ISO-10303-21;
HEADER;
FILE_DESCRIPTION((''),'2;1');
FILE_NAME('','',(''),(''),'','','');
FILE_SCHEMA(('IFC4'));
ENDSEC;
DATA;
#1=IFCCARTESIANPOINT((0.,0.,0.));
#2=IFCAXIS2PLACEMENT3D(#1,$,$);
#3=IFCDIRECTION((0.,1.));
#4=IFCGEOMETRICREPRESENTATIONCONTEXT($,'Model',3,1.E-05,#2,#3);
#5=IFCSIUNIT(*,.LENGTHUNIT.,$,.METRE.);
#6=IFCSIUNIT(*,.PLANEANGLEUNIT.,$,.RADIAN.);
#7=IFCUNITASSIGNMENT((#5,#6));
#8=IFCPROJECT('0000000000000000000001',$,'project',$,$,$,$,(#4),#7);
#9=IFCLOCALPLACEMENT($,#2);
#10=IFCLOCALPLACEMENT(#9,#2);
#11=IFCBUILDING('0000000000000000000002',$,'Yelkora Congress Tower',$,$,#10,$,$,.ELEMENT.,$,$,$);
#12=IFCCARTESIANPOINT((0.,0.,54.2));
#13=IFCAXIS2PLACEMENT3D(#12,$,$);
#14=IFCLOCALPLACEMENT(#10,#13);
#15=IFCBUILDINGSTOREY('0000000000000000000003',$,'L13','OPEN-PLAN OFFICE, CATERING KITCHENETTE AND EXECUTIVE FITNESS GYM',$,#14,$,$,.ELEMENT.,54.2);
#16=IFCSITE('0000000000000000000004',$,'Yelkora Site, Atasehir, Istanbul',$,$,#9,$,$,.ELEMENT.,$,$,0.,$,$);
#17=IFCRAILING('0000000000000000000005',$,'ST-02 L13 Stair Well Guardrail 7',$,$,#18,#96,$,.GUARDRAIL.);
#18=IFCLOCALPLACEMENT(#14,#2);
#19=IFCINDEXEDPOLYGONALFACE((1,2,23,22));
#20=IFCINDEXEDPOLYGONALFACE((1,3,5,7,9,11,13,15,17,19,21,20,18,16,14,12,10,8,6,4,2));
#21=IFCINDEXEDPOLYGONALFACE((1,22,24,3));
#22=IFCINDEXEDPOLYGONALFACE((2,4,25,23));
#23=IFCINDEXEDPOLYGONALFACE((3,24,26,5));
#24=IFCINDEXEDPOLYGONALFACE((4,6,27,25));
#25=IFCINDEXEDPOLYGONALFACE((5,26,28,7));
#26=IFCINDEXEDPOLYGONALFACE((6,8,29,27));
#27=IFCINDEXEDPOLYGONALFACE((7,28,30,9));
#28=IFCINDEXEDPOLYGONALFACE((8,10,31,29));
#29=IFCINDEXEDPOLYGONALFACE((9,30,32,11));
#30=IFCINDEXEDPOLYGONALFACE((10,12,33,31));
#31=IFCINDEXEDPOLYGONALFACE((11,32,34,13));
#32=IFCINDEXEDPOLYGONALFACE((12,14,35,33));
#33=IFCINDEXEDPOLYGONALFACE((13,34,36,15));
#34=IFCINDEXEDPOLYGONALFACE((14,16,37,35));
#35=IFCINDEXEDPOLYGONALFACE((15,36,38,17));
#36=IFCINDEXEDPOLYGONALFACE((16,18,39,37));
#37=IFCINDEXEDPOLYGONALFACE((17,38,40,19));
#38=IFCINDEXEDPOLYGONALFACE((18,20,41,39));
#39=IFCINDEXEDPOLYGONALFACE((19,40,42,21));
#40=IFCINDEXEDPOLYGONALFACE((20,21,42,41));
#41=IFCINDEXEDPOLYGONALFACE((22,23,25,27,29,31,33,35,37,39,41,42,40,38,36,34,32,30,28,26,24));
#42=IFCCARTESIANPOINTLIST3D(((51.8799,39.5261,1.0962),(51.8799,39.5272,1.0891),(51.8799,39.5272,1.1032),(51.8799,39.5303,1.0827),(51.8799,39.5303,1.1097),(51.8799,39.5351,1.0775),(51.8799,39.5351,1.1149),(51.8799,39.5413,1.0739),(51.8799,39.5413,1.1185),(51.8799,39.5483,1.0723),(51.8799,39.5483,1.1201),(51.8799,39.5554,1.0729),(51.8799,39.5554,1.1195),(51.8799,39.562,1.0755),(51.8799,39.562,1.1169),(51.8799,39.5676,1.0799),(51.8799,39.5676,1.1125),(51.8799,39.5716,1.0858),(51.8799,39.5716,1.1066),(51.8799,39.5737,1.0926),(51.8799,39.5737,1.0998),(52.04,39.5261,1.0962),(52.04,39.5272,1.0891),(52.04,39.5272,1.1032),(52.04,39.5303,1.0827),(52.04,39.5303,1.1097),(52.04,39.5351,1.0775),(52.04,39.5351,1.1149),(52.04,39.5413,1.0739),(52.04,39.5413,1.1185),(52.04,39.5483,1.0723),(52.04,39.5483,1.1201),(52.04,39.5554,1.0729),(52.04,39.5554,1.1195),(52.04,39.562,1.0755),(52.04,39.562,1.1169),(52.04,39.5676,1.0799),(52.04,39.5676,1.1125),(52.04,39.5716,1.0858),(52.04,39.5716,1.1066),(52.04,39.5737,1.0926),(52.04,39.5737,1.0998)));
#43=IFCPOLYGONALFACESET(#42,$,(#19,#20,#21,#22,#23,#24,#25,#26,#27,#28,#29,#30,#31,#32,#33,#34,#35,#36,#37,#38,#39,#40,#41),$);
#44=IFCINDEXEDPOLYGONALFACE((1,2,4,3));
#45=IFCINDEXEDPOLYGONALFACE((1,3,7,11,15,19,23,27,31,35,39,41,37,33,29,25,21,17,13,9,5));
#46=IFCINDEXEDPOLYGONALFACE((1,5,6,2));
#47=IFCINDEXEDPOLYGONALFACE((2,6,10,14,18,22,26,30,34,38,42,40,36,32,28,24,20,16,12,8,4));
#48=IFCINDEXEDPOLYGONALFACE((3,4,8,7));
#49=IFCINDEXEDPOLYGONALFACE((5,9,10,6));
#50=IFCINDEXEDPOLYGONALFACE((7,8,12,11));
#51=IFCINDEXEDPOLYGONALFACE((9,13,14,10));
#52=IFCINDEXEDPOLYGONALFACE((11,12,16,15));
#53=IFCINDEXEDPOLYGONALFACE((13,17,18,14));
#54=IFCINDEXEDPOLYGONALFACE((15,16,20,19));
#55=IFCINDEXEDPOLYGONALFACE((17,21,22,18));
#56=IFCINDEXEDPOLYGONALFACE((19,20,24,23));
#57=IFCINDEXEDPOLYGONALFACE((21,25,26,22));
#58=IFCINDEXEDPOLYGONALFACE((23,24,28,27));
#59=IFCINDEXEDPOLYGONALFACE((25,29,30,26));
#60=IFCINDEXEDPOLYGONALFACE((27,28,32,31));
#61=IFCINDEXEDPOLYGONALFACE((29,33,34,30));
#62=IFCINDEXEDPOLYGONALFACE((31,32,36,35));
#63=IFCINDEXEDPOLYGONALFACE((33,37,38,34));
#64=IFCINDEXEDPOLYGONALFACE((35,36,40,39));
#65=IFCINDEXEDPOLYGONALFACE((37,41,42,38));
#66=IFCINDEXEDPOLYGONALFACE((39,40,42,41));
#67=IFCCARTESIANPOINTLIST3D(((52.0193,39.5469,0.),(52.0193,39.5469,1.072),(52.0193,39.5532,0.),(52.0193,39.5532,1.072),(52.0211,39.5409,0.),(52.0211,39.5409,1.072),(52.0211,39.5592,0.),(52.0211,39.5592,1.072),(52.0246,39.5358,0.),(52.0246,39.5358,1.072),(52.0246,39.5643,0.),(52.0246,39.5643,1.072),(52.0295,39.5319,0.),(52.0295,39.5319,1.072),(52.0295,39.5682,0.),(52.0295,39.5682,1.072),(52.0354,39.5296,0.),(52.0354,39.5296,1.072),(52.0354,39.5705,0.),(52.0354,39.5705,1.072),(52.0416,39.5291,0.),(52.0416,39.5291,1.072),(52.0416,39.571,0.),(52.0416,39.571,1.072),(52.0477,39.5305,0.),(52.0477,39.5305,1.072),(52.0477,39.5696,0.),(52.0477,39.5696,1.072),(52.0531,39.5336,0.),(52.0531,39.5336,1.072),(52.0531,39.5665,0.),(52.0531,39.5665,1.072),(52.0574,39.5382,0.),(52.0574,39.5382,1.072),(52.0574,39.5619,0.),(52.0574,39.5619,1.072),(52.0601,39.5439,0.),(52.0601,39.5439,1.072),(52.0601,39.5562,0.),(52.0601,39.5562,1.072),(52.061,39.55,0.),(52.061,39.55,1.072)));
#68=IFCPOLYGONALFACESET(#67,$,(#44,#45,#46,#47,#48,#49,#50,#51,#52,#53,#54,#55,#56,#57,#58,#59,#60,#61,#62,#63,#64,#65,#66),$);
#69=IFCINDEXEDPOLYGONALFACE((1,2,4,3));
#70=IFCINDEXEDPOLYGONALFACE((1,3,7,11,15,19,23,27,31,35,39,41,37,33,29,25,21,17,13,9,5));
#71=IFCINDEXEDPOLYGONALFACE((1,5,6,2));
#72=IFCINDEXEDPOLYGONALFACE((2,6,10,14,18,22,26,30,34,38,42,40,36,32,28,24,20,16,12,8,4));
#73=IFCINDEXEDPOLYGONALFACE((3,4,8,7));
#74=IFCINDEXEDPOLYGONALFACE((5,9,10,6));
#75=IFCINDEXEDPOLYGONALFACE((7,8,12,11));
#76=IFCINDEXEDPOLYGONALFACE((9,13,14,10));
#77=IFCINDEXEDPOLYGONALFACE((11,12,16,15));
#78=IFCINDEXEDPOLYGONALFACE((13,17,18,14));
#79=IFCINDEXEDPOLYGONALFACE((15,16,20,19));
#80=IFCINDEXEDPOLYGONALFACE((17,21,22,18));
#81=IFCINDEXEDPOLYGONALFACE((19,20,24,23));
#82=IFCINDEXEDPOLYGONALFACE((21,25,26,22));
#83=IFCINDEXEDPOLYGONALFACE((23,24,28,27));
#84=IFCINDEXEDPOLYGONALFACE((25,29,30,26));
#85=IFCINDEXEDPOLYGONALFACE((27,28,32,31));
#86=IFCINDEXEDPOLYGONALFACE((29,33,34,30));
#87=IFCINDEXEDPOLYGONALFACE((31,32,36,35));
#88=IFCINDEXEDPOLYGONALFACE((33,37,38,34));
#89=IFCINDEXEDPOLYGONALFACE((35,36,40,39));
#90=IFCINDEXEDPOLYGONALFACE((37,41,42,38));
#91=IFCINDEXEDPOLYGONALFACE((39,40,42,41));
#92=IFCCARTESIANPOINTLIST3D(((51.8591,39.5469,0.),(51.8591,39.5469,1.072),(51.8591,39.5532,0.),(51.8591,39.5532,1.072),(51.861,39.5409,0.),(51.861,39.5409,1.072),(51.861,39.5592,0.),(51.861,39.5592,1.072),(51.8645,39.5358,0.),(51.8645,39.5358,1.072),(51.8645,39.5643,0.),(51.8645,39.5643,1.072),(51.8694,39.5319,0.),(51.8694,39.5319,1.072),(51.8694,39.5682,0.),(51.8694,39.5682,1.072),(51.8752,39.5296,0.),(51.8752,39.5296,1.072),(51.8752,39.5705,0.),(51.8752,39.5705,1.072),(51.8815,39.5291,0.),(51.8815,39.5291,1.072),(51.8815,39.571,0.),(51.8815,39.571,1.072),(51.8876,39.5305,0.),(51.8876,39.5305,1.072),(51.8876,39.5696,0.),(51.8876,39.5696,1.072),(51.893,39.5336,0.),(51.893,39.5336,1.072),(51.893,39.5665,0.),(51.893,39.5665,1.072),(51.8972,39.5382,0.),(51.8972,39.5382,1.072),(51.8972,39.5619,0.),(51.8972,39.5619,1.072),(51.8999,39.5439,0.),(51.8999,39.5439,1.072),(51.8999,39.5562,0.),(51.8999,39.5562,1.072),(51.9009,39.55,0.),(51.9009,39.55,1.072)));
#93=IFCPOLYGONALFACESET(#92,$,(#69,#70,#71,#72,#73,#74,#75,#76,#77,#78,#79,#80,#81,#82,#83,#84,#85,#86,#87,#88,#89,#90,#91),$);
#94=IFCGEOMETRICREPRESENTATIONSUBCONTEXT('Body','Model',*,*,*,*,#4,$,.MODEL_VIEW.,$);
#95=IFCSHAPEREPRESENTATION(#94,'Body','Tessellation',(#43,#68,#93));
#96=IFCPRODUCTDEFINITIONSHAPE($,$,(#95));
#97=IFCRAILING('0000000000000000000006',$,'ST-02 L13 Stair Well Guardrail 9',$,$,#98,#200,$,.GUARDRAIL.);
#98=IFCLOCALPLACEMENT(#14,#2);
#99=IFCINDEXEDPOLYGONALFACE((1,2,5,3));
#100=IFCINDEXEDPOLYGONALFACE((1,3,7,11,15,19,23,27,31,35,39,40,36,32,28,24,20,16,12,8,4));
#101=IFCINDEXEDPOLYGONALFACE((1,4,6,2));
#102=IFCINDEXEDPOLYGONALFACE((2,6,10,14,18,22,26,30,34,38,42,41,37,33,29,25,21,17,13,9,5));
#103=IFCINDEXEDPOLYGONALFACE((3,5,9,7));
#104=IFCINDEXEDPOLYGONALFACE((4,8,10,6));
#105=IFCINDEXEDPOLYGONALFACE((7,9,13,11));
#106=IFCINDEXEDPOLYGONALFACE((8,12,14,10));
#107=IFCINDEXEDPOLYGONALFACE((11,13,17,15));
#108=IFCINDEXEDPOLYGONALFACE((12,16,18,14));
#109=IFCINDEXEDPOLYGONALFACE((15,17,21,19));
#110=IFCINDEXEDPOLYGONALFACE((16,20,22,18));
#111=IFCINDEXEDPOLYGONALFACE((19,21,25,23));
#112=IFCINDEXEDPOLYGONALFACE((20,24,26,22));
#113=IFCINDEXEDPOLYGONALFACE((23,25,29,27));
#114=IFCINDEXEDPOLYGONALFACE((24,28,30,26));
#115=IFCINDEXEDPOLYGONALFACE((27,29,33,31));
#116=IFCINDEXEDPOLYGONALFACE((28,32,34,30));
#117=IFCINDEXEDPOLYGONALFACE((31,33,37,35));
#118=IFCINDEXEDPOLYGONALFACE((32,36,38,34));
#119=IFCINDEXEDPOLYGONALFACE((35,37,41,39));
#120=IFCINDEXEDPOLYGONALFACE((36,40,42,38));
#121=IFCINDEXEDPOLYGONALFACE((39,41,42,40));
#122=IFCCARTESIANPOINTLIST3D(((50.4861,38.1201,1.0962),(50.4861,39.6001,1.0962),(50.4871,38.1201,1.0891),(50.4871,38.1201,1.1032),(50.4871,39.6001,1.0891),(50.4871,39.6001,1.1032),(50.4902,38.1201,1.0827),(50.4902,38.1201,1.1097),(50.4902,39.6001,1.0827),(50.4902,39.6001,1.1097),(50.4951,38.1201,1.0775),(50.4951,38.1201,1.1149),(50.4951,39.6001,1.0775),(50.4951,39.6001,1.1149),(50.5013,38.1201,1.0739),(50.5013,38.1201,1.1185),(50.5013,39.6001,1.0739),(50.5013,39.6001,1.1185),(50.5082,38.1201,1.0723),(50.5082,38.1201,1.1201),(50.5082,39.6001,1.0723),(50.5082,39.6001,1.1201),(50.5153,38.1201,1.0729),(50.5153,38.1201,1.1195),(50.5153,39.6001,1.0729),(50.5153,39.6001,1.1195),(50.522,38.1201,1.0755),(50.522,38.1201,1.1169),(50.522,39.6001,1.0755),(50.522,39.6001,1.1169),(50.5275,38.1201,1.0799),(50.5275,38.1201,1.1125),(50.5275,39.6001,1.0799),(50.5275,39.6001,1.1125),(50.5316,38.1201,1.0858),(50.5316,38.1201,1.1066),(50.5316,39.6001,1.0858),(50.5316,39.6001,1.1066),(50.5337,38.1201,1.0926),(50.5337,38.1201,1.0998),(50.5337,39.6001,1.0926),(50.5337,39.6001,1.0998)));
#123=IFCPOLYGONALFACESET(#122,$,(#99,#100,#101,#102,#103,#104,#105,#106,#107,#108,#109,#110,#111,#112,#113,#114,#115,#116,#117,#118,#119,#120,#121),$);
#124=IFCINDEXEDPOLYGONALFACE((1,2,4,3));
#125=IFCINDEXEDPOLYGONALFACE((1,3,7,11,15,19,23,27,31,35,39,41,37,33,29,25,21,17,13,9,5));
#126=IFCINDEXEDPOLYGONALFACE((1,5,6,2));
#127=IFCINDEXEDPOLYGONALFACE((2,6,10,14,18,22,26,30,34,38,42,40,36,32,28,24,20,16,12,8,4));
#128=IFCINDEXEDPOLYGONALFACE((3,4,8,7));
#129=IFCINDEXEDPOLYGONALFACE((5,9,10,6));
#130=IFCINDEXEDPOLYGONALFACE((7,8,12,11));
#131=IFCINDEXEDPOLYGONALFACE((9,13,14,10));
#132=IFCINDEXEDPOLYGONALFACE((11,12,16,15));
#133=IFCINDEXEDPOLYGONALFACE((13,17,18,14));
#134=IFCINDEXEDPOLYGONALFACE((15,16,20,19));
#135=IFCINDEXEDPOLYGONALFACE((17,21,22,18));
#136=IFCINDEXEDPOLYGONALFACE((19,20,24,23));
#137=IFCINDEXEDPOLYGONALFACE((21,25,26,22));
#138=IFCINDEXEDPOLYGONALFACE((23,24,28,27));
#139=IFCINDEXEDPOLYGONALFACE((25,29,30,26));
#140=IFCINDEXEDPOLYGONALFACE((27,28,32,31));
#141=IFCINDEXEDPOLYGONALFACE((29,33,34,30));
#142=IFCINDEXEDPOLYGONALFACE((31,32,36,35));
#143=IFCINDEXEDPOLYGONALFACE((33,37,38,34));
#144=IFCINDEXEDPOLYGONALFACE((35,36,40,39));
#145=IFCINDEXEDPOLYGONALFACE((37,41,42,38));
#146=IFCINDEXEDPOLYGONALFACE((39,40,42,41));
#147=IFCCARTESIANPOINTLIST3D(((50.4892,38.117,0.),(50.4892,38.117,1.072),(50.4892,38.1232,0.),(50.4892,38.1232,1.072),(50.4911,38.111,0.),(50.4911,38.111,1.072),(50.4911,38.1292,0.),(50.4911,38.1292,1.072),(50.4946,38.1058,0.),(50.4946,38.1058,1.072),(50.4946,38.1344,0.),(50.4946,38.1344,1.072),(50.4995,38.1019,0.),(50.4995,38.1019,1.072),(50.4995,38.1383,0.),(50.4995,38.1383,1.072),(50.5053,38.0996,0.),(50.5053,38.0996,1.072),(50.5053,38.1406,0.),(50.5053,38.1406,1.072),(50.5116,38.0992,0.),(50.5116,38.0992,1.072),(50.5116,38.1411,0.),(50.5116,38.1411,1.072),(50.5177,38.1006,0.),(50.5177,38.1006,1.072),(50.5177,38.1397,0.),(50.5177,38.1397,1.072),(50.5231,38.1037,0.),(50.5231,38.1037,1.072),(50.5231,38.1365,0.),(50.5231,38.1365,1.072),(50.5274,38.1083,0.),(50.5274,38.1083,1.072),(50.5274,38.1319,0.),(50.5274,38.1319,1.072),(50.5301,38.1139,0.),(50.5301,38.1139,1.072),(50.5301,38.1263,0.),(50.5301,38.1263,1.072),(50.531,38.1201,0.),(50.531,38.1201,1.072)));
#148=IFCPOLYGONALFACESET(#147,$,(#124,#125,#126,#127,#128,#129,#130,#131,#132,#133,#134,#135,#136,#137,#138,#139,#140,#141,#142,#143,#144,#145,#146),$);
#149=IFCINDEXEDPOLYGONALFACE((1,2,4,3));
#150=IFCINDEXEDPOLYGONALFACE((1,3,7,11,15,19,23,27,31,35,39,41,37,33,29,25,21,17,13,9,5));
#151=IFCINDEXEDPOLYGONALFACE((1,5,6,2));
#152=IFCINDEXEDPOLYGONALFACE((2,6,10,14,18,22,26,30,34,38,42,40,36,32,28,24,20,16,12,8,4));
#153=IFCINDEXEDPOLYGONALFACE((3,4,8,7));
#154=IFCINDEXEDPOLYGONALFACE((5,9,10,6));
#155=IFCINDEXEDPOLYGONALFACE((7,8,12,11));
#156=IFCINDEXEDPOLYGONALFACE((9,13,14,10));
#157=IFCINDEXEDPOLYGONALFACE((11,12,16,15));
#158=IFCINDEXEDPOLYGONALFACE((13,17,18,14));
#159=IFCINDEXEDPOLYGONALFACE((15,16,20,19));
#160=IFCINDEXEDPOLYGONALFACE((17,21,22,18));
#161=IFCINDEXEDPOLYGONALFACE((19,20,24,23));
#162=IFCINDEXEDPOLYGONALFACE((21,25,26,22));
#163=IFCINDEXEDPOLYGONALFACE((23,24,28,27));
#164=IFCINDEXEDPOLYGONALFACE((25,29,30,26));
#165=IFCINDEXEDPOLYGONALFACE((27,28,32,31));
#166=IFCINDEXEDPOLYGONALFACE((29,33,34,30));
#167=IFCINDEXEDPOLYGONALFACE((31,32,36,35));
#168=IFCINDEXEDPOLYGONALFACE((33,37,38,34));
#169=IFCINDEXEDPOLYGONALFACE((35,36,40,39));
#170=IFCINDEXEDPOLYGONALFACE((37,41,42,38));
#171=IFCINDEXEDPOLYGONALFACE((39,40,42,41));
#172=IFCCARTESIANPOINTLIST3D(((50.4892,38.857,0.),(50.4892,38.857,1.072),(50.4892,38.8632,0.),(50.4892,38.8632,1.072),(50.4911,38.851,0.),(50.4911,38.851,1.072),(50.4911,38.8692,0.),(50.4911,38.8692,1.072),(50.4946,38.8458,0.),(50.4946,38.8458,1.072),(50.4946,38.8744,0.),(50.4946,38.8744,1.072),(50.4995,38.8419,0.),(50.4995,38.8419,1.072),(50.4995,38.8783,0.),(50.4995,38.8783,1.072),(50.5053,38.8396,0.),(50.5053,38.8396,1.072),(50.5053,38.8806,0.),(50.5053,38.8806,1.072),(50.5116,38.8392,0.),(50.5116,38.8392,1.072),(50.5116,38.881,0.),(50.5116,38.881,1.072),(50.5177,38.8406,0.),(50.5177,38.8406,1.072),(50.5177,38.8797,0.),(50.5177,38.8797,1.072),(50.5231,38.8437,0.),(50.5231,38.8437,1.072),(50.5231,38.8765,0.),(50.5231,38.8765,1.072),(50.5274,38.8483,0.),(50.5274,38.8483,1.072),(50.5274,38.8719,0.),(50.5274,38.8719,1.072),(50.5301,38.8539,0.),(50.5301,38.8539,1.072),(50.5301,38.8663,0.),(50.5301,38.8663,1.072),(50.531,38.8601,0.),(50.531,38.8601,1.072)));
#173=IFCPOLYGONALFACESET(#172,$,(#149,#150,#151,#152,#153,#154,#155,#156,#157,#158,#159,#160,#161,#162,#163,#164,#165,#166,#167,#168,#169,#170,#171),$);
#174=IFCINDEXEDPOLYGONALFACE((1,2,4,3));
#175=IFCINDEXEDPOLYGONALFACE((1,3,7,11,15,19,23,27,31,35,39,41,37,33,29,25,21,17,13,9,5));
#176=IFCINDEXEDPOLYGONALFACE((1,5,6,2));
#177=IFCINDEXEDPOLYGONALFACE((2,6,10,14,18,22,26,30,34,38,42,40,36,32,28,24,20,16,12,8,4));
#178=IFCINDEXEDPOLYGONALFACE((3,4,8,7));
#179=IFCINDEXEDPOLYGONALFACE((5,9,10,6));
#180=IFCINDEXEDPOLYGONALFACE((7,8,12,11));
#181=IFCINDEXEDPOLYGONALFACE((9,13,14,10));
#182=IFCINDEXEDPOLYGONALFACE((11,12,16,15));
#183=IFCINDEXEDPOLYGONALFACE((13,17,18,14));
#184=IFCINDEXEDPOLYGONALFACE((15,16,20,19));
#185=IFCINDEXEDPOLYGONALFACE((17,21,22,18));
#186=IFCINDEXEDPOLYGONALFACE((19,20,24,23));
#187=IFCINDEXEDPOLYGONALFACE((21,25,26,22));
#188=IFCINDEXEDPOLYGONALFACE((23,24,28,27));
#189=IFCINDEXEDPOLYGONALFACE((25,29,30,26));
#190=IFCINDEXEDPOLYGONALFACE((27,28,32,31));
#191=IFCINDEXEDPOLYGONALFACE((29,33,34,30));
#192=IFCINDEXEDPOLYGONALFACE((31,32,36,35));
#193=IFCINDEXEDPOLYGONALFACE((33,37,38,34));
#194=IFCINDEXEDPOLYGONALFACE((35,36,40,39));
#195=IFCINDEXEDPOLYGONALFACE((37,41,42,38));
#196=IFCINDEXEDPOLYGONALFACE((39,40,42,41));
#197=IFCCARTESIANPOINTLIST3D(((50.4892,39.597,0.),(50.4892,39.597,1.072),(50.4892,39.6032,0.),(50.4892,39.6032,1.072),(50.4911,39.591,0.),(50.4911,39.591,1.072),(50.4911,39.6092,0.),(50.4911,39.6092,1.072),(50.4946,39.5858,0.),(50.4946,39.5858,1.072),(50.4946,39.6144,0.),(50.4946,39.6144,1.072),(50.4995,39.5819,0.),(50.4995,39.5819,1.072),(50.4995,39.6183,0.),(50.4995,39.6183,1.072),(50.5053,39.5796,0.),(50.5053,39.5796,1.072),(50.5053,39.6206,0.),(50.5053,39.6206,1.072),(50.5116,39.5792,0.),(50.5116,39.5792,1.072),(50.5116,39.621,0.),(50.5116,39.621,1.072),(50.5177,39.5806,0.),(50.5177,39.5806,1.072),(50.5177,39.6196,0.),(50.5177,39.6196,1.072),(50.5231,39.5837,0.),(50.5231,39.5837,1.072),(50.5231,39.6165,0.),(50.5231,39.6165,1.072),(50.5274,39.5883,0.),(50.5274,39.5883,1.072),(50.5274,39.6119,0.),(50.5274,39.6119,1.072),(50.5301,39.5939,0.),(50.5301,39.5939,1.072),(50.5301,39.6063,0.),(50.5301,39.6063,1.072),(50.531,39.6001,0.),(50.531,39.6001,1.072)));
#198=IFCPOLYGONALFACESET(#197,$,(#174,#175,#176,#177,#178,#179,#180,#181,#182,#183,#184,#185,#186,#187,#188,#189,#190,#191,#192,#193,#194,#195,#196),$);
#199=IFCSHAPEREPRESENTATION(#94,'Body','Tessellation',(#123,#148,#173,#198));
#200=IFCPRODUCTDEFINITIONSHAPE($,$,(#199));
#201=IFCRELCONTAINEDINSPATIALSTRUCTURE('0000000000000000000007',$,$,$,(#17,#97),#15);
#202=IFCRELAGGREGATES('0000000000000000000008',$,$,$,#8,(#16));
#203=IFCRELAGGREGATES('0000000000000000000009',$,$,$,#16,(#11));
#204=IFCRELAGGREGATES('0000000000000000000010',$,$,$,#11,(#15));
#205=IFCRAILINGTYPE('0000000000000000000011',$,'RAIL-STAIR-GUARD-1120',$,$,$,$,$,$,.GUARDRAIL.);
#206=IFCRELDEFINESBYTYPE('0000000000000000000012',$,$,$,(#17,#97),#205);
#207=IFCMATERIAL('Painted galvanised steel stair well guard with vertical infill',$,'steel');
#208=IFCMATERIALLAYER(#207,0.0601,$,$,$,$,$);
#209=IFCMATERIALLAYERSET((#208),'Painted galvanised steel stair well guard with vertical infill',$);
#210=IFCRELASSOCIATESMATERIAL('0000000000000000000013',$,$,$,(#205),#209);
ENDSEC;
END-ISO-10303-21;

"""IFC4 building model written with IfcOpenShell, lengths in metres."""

from ifc_helpers import new_model, si_unit, direction, frame, origin, origin_2d, place, context, subcontext, project, spatial, circle, extrude, material, layer, layer_set, type_object, element, save


model = new_model("IFC4")

# Units and contexts
model_context = context("Model", 3, precision=1e-05, world=origin(), true_north=direction((0.0, 1.0)))
body_context = subcontext(model_context, "Body", "Model", "MODEL_VIEW")
ifc_project = project(units=[si_unit("LENGTHUNIT", "METRE"), si_unit("PLANEANGLEUNIT", "RADIAN")], contexts=[model_context])

# Site, building, storey
site_placement = place(None, origin())
site = spatial("IfcSite", under=ifc_project, at=site_placement, Name="Yelkora Site, Atasehir, Istanbul", CompositionType="ELEMENT", RefElevation=0.0)
building_placement = place(site_placement, origin())
building = spatial("IfcBuilding", under=site, at=building_placement, Name="Yelkora Congress Tower", CompositionType="ELEMENT")
storey_placement = place(building_placement, frame((0.0, 0.0, 54.2)))
storey = spatial("IfcBuildingStorey", under=building, at=storey_placement, Name="L13", Description="OPEN-PLAN OFFICE, CATERING KITCHENETTE AND EXECUTIVE FITNESS GYM", CompositionType="ELEMENT", Elevation=54.2)

# Railings
ifc_material_1 = material(Name="Painted galvanised steel stair well guard with vertical infill", Category="steel")
ifc_layer_1 = layer(ifc_material_1, 0.0601)
ifc_layer_set_1 = layer_set([ifc_layer_1], Name="Painted galvanised steel stair well guard with vertical infill")
railing_type_1 = type_object("IfcRailingType", Name="RAIL-STAIR-GUARD-1120", PredefinedType="GUARDRAIL", material=ifc_layer_set_1)
railing_1_placement = place(storey_placement, frame((52.04, 39.55, 0.0)))
element("IfcRailing", 1, at=railing_1_placement, inside=storey, type_object=railing_type_1, Name="ST-02 L13 Stair Well Guardrail 7", PredefinedType="GUARDRAIL", context=body_context, shape_type="SweptSolid", body=[
    extrude(circle(Radius=0.0239, at=origin_2d()), frame((0.0, 0.0, 1.0962), z_axis=(-1.0, 0.0, 0.0), x_axis=(0.0, -1.0, 0.0)), (0.0, 0.0, 1.0), 0.1602),
    extrude(circle(Radius=0.021, at=origin_2d()), origin(), (0.0, 0.0, 1.0), 1.072),
    extrude(circle(Radius=0.021, at=origin_2d()), frame((-0.1602, 0.0, 0.0)), (0.0, 0.0, 1.0), 1.072),
])
railing_2_placement = place(storey_placement, frame((50.51, 38.1201, 0.0)))
element("IfcRailing", 2, at=railing_2_placement, inside=storey, type_object=railing_type_1, Name="ST-02 L13 Stair Well Guardrail 9", PredefinedType="GUARDRAIL", context=body_context, shape_type="SweptSolid", body=[
    extrude(circle(Radius=0.0239, at=origin_2d()), frame((0.0, 0.0, 1.0962), z_axis=(0.0, 1.0, 0.0), x_axis=(-1.0, 0.0, 0.0)), (0.0, 0.0, 1.0), 1.48),
    extrude(circle(Radius=0.021, at=origin_2d()), origin(), (0.0, 0.0, 1.0), 1.072),
    extrude(circle(Radius=0.021, at=origin_2d()), frame((0.0, 0.74, 0.0)), (0.0, 0.0, 1.0), 1.072),
    extrude(circle(Radius=0.021, at=origin_2d()), frame((0.0, 1.48, 0.0)), (0.0, 0.0, 1.0), 1.072),
])

save(model, "model.ifc")
